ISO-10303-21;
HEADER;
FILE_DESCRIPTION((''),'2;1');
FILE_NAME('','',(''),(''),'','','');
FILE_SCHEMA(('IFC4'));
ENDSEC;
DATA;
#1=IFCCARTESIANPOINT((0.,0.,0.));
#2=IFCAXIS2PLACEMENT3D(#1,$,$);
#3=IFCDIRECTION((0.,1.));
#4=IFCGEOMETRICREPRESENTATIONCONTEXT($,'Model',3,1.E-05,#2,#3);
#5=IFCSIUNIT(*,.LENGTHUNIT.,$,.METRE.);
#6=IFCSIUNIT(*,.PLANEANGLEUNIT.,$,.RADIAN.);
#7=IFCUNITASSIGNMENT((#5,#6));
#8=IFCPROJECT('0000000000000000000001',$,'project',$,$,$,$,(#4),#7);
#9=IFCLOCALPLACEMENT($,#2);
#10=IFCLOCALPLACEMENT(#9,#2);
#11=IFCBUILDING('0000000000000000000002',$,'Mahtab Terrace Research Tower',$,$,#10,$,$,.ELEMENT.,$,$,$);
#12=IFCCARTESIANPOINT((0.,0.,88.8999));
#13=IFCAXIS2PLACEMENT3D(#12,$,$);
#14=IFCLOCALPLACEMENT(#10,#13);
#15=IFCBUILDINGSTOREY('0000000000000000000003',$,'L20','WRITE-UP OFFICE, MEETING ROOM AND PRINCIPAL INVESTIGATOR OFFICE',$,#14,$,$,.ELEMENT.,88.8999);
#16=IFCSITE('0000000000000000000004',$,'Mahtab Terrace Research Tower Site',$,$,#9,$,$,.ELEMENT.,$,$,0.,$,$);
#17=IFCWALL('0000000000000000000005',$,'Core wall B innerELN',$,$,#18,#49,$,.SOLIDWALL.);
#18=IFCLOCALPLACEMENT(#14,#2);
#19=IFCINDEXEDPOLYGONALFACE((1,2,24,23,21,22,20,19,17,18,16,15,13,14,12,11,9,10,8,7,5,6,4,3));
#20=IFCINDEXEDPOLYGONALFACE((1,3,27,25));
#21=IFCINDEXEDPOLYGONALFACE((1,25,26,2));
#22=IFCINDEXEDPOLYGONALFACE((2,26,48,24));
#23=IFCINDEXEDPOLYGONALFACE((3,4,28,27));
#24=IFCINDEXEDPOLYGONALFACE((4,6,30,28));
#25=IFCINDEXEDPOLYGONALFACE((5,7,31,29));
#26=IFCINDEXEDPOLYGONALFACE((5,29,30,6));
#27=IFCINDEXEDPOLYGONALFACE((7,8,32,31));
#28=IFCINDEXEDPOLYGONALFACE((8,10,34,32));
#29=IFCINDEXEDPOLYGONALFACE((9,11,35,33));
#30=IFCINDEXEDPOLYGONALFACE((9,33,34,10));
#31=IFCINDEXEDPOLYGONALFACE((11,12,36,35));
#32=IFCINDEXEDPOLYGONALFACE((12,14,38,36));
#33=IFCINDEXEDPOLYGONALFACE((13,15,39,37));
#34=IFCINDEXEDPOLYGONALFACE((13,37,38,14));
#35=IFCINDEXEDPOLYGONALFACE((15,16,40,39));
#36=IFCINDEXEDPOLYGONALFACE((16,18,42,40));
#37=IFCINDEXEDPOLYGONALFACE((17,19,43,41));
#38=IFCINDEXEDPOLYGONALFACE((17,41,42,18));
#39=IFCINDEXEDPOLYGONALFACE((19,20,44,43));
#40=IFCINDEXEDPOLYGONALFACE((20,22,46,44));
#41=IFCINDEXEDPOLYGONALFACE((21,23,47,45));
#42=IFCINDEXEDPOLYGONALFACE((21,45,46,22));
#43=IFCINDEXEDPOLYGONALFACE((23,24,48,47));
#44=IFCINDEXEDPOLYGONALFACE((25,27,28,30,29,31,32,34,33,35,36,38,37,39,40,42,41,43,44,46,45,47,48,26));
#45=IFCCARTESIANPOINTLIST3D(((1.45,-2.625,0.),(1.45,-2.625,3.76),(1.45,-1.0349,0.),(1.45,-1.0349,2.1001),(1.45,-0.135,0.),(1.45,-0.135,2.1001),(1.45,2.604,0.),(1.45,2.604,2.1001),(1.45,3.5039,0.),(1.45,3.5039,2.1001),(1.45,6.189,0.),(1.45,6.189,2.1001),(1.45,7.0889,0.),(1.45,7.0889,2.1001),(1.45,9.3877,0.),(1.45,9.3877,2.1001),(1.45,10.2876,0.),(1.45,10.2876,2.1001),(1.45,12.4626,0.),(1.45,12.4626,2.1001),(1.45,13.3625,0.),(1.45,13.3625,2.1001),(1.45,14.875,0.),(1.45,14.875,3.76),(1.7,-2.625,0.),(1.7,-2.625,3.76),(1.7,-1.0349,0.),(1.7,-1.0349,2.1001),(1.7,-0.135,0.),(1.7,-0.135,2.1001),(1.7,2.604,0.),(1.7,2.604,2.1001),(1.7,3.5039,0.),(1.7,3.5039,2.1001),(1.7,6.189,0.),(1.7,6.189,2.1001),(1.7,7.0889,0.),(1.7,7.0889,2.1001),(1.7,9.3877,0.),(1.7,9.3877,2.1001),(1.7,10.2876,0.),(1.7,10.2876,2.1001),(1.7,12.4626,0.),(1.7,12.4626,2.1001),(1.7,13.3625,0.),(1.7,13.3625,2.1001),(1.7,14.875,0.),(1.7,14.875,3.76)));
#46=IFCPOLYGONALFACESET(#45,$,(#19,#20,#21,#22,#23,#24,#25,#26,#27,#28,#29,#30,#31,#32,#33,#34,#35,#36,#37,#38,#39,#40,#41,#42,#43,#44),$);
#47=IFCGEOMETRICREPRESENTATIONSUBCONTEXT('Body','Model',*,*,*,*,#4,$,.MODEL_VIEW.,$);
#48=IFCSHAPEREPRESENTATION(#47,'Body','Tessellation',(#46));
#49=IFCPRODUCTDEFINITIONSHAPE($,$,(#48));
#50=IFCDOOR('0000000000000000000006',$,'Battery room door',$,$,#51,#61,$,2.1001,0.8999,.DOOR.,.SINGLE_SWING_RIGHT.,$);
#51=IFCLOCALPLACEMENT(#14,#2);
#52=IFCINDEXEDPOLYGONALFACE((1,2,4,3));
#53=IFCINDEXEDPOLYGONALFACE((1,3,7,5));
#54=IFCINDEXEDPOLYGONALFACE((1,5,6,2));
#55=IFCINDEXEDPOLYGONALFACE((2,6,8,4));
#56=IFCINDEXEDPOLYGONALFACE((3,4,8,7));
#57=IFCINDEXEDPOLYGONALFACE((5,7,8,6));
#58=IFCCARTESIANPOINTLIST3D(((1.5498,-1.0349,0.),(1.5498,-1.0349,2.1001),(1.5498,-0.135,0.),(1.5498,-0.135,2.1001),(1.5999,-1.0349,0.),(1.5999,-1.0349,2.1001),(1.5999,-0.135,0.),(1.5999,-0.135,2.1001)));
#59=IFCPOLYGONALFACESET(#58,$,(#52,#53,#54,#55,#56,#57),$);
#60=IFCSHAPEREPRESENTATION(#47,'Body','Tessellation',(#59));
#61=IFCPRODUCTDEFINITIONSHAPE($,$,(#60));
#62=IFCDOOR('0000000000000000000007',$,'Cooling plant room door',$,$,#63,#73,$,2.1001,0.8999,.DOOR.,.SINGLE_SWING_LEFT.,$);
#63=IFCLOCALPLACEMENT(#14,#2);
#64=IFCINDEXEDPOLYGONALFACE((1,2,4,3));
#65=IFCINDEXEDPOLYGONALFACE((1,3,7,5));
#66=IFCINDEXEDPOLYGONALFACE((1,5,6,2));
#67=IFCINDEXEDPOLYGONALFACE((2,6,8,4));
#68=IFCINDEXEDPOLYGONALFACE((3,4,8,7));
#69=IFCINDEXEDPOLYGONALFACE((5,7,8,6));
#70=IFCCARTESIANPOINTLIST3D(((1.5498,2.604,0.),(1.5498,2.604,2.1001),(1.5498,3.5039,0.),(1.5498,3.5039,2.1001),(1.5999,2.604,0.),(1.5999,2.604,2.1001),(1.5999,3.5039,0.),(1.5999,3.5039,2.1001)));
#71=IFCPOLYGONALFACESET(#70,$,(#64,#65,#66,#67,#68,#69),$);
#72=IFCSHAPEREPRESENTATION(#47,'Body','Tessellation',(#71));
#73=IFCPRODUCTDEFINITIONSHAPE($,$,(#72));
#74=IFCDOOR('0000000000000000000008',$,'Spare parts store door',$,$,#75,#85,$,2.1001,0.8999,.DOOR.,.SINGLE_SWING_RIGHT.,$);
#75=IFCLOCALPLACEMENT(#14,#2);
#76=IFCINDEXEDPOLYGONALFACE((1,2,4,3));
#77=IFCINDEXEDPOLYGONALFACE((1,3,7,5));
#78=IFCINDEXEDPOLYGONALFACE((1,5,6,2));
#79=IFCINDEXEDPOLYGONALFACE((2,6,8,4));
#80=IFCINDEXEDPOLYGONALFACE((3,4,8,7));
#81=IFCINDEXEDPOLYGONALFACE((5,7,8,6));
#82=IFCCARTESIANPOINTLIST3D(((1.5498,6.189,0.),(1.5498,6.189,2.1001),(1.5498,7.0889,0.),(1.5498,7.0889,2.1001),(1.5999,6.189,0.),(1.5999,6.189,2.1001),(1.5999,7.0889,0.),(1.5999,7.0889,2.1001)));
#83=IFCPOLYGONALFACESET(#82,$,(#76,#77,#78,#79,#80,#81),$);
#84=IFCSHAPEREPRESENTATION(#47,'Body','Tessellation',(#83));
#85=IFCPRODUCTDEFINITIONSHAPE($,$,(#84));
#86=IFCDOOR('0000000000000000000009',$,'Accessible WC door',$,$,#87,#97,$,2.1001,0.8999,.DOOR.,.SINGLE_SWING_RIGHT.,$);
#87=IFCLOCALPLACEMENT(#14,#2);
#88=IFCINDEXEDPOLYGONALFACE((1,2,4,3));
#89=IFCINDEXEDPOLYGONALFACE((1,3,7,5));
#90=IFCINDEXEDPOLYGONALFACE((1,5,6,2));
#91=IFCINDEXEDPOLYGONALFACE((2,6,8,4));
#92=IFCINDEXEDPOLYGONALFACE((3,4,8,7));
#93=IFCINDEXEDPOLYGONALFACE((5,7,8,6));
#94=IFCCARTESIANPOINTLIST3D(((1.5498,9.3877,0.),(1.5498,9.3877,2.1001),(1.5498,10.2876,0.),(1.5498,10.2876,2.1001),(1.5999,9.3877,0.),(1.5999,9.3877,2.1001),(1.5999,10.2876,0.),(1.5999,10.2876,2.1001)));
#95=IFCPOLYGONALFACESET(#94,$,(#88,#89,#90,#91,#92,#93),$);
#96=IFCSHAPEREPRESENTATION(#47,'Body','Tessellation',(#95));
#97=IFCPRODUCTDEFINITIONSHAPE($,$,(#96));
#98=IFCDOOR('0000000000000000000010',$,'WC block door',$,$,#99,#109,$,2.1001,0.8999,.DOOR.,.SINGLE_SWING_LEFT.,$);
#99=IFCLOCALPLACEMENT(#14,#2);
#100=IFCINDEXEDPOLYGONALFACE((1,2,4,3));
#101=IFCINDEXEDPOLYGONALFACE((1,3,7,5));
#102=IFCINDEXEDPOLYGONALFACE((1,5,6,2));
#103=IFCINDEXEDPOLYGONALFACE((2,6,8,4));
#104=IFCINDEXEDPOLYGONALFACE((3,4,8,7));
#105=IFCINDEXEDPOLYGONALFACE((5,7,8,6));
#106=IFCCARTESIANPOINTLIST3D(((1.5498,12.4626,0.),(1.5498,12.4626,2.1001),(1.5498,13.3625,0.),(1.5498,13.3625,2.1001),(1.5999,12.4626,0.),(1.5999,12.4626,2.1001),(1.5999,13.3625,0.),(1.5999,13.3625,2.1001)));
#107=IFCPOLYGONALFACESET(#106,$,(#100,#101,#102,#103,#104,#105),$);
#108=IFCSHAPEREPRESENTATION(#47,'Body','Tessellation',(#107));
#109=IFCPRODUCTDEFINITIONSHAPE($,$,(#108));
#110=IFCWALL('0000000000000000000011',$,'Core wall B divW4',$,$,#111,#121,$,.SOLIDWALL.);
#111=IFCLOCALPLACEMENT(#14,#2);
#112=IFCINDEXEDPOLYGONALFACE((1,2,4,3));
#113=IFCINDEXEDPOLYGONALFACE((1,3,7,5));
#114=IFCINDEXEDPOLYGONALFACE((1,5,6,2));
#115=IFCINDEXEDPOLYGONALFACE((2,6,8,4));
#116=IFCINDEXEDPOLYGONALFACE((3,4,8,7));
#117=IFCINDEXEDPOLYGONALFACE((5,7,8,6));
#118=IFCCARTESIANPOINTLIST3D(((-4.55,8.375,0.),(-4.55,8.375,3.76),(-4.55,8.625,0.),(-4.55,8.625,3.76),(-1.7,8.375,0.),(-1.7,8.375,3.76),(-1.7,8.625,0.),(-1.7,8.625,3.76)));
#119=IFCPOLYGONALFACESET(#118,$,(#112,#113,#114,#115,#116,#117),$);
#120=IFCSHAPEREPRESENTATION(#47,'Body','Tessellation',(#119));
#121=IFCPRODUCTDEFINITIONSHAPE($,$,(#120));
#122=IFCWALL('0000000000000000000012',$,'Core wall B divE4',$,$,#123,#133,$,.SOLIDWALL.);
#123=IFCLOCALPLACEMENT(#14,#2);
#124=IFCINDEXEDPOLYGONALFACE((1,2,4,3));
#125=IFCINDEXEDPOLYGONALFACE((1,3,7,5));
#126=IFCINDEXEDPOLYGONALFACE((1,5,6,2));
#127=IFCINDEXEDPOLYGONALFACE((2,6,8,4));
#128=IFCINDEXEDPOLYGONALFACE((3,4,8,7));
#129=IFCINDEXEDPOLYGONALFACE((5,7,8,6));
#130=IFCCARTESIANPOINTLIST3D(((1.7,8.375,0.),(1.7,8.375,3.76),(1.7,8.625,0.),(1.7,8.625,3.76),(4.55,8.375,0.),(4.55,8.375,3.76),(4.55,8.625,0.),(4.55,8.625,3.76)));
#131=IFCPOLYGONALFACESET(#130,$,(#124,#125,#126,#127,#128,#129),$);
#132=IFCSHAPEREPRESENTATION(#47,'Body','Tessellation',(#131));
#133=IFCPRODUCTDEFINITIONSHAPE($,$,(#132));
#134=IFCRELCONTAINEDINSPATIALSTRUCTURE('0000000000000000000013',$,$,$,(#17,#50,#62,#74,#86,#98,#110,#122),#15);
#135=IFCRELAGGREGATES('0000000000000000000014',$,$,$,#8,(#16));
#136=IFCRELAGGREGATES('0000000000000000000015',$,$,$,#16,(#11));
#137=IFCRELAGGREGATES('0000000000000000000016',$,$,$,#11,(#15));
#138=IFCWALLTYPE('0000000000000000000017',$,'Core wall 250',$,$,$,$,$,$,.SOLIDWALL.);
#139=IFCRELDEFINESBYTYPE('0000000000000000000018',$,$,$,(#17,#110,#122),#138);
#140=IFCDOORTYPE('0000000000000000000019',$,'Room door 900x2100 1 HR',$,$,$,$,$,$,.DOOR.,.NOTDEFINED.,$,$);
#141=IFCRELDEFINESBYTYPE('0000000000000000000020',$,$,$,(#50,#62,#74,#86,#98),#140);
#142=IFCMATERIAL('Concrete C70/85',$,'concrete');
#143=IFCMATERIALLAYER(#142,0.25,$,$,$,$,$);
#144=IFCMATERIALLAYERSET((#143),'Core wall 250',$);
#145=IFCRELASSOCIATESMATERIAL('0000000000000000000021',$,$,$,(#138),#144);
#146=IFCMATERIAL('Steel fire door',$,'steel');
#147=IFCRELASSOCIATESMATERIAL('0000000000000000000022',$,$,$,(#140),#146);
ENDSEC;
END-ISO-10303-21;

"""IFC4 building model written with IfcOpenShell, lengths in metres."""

from ifc_helpers import new_model, si_unit, direction, frame, frame_2d, origin, place, context, subcontext, project, spatial, rectangle, extrude, material, layer, layer_set, type_object, element, fill, save


model = new_model("IFC4")

# Units and contexts
model_context = context("Model", 3, precision=1e-05, world=origin(), true_north=direction((0.0, 1.0)))
body_context = subcontext(model_context, "Body", "Model", "MODEL_VIEW")
ifc_project = project(units=[si_unit("LENGTHUNIT", "METRE"), si_unit("PLANEANGLEUNIT", "RADIAN")], contexts=[model_context])

# Site, building, storey
site_placement = place(None, origin())
site = spatial("IfcSite", under=ifc_project, at=site_placement, Name="Mahtab Terrace Research Tower Site", CompositionType="ELEMENT", RefElevation=0.0)
building_placement = place(site_placement, origin())
building = spatial("IfcBuilding", under=site, at=building_placement, Name="Mahtab Terrace Research Tower", CompositionType="ELEMENT")
storey_placement = place(building_placement, frame((0.0, 0.0, 88.8999)))
storey = spatial("IfcBuildingStorey", under=building, at=storey_placement, Name="L20", Description="WRITE-UP OFFICE, MEETING ROOM AND PRINCIPAL INVESTIGATOR OFFICE", CompositionType="ELEMENT", Elevation=88.8999)

# Shared definitions
ifc_material_1 = material(Name="Concrete C70/85", Category="concrete")
ifc_layer_1 = layer(ifc_material_1, 0.25)
ifc_layer_set_1 = layer_set([ifc_layer_1], Name="Core wall 250")
wall_type_1 = type_object("IfcWallType", Name="Core wall 250", PredefinedType="SOLIDWALL", material=ifc_layer_set_1)
ifc_material_2 = material(Name="Steel fire door", Category="steel")

# Wall, openings, doors
wall_1_placement = place(storey_placement, frame((1.575, 14.875, 0.0), z_axis=(0.0, 0.0, 1.0), x_axis=(0.0, -1.0, 0.0)))
wall_1 = element("IfcWall", 1, at=wall_1_placement, inside=storey, type_object=wall_type_1, Name="Core wall B innerELN", PredefinedType="SOLIDWALL", context=body_context, shape_type="SweptSolid", body=[
    extrude(rectangle(XDim=17.5, YDim=0.25, at=frame_2d((8.75, 0.0))), origin(), (0.0, 0.0, 1.0), 3.76),
])
opening_1_placement = place(wall_1_placement, frame((15.01, 0.0, 0.0)))
opening_1 = element("IfcOpeningElement", 2, at=opening_1_placement, cuts=wall_1, PredefinedType="OPENING", context=body_context, shape_type="SweptSolid", body=[
    extrude(rectangle(XDim=0.8999, YDim=2.1001, at=frame_2d((0.45, 1.05))), frame((0.0, 0.135, 0.0), z_axis=(0.0, -1.0, 0.0), x_axis=(1.0, 0.0, 0.0)), (0.0, 0.0, 1.0), 0.27),
])
opening_2_placement = place(wall_1_placement, frame((11.3711, 0.0, 0.0)))
opening_2 = element("IfcOpeningElement", 3, at=opening_2_placement, cuts=wall_1, PredefinedType="OPENING", context=body_context, shape_type="SweptSolid", body=[
    extrude(rectangle(XDim=0.8999, YDim=2.1001, at=frame_2d((0.45, 1.05))), frame((0.0, 0.135, 0.0), z_axis=(0.0, -1.0, 0.0), x_axis=(1.0, 0.0, 0.0)), (0.0, 0.0, 1.0), 0.27),
])
opening_3_placement = place(wall_1_placement, frame((7.7861, 0.0, 0.0)))
opening_3 = element("IfcOpeningElement", 4, at=opening_3_placement, cuts=wall_1, PredefinedType="OPENING", context=body_context, shape_type="SweptSolid", body=[
    extrude(rectangle(XDim=0.8999, YDim=2.1001, at=frame_2d((0.45, 1.05))), frame((0.0, 0.135, 0.0), z_axis=(0.0, -1.0, 0.0), x_axis=(1.0, 0.0, 0.0)), (0.0, 0.0, 1.0), 0.27),
])
opening_4_placement = place(wall_1_placement, frame((4.5874, 0.0, 0.0)))
opening_4 = element("IfcOpeningElement", 5, at=opening_4_placement, cuts=wall_1, PredefinedType="OPENING", context=body_context, shape_type="SweptSolid", body=[
    extrude(rectangle(XDim=0.8999, YDim=2.1001, at=frame_2d((0.45, 1.05))), frame((0.0, 0.135, 0.0), z_axis=(0.0, -1.0, 0.0), x_axis=(1.0, 0.0, 0.0)), (0.0, 0.0, 1.0), 0.27),
])
opening_5_placement = place(wall_1_placement, frame((1.5125, 0.0, 0.0)))
opening_5 = element("IfcOpeningElement", 6, at=opening_5_placement, cuts=wall_1, PredefinedType="OPENING", context=body_context, shape_type="SweptSolid", body=[
    extrude(rectangle(XDim=0.8999, YDim=2.1001, at=frame_2d((0.45, 1.05))), frame((0.0, 0.135, 0.0), z_axis=(0.0, -1.0, 0.0), x_axis=(1.0, 0.0, 0.0)), (0.0, 0.0, 1.0), 0.27),
])
door_type_1 = type_object("IfcDoorType", Name="Room door 900x2100 1 HR", OperationType="NOTDEFINED", PredefinedType="DOOR", material=ifc_material_2)
door_1_placement = place(opening_1_placement, origin())
door_1 = element("IfcDoor", 7, at=door_1_placement, inside=storey, type_object=door_type_1, Name="Battery room door", OperationType="SINGLE_SWING_RIGHT", OverallHeight=2.1001, OverallWidth=0.8999, PredefinedType="DOOR", context=body_context, shape_type="SweptSolid", body=[
    extrude(rectangle(XDim=0.8999, YDim=2.1001, at=frame_2d((0.45, 1.05))), frame((0.0, 0.0249, 0.0), z_axis=(0.0, -1.0, 0.0), x_axis=(1.0, 0.0, 0.0)), (0.0, 0.0, 1.0), 0.05),
])
fill(opening_1, door_1)
door_2_placement = place(opening_2_placement, origin())
door_2 = element("IfcDoor", 8, at=door_2_placement, inside=storey, type_object=door_type_1, Name="Cooling plant room door", OperationType="SINGLE_SWING_LEFT", OverallHeight=2.1001, OverallWidth=0.8999, PredefinedType="DOOR", context=body_context, shape_type="SweptSolid", body=[
    extrude(rectangle(XDim=0.8999, YDim=2.1001, at=frame_2d((0.45, 1.05))), frame((0.0, 0.0249, 0.0), z_axis=(0.0, -1.0, 0.0), x_axis=(1.0, 0.0, 0.0)), (0.0, 0.0, 1.0), 0.05),
])
fill(opening_2, door_2)
door_3_placement = place(opening_3_placement, origin())
door_3 = element("IfcDoor", 9, at=door_3_placement, inside=storey, type_object=door_type_1, Name="Spare parts store door", OperationType="SINGLE_SWING_RIGHT", OverallHeight=2.1001, OverallWidth=0.8999, PredefinedType="DOOR", context=body_context, shape_type="SweptSolid", body=[
    extrude(rectangle(XDim=0.8999, YDim=2.1001, at=frame_2d((0.45, 1.05))), frame((0.0, 0.0249, 0.0), z_axis=(0.0, -1.0, 0.0), x_axis=(1.0, 0.0, 0.0)), (0.0, 0.0, 1.0), 0.05),
])
fill(opening_3, door_3)
door_4_placement = place(opening_4_placement, origin())
door_4 = element("IfcDoor", 10, at=door_4_placement, inside=storey, type_object=door_type_1, Name="Accessible WC door", OperationType="SINGLE_SWING_RIGHT", OverallHeight=2.1001, OverallWidth=0.8999, PredefinedType="DOOR", context=body_context, shape_type="SweptSolid", body=[
    extrude(rectangle(XDim=0.8999, YDim=2.1001, at=frame_2d((0.45, 1.05))), frame((0.0, 0.0249, 0.0), z_axis=(0.0, -1.0, 0.0), x_axis=(1.0, 0.0, 0.0)), (0.0, 0.0, 1.0), 0.05),
])
fill(opening_4, door_4)
door_5_placement = place(opening_5_placement, origin())
door_5 = element("IfcDoor", 11, at=door_5_placement, inside=storey, type_object=door_type_1, Name="WC block door", OperationType="SINGLE_SWING_LEFT", OverallHeight=2.1001, OverallWidth=0.8999, PredefinedType="DOOR", context=body_context, shape_type="SweptSolid", body=[
    extrude(rectangle(XDim=0.8999, YDim=2.1001, at=frame_2d((0.45, 1.05))), frame((0.0, 0.0249, 0.0), z_axis=(0.0, -1.0, 0.0), x_axis=(1.0, 0.0, 0.0)), (0.0, 0.0, 1.0), 0.05),
])
fill(opening_5, door_5)

# Walls
for number, where, z_axis, x_axis, name in (
    (12, (-4.55, 8.5, 0.0), (0.0, 0.0, 1.0), (1.0, 0.0, 0.0), "Core wall B divW4"),
    (13, (1.7, 8.5, 0.0), (0.0, 0.0, 1.0), (1.0, 0.0, 0.0), "Core wall B divE4"),
):
    element("IfcWall", number, at=place(storey_placement, frame(where, z_axis=z_axis, x_axis=x_axis)), inside=storey, type_object=wall_type_1, Name=name, PredefinedType="SOLIDWALL", context=body_context, shape_type="SweptSolid", body=[
        extrude(rectangle(XDim=2.8501, YDim=0.25, at=frame_2d((1.425, 0.0))), origin(), (0.0, 0.0, 1.0), 3.76),
    ])

save(model, "model.ifc")
